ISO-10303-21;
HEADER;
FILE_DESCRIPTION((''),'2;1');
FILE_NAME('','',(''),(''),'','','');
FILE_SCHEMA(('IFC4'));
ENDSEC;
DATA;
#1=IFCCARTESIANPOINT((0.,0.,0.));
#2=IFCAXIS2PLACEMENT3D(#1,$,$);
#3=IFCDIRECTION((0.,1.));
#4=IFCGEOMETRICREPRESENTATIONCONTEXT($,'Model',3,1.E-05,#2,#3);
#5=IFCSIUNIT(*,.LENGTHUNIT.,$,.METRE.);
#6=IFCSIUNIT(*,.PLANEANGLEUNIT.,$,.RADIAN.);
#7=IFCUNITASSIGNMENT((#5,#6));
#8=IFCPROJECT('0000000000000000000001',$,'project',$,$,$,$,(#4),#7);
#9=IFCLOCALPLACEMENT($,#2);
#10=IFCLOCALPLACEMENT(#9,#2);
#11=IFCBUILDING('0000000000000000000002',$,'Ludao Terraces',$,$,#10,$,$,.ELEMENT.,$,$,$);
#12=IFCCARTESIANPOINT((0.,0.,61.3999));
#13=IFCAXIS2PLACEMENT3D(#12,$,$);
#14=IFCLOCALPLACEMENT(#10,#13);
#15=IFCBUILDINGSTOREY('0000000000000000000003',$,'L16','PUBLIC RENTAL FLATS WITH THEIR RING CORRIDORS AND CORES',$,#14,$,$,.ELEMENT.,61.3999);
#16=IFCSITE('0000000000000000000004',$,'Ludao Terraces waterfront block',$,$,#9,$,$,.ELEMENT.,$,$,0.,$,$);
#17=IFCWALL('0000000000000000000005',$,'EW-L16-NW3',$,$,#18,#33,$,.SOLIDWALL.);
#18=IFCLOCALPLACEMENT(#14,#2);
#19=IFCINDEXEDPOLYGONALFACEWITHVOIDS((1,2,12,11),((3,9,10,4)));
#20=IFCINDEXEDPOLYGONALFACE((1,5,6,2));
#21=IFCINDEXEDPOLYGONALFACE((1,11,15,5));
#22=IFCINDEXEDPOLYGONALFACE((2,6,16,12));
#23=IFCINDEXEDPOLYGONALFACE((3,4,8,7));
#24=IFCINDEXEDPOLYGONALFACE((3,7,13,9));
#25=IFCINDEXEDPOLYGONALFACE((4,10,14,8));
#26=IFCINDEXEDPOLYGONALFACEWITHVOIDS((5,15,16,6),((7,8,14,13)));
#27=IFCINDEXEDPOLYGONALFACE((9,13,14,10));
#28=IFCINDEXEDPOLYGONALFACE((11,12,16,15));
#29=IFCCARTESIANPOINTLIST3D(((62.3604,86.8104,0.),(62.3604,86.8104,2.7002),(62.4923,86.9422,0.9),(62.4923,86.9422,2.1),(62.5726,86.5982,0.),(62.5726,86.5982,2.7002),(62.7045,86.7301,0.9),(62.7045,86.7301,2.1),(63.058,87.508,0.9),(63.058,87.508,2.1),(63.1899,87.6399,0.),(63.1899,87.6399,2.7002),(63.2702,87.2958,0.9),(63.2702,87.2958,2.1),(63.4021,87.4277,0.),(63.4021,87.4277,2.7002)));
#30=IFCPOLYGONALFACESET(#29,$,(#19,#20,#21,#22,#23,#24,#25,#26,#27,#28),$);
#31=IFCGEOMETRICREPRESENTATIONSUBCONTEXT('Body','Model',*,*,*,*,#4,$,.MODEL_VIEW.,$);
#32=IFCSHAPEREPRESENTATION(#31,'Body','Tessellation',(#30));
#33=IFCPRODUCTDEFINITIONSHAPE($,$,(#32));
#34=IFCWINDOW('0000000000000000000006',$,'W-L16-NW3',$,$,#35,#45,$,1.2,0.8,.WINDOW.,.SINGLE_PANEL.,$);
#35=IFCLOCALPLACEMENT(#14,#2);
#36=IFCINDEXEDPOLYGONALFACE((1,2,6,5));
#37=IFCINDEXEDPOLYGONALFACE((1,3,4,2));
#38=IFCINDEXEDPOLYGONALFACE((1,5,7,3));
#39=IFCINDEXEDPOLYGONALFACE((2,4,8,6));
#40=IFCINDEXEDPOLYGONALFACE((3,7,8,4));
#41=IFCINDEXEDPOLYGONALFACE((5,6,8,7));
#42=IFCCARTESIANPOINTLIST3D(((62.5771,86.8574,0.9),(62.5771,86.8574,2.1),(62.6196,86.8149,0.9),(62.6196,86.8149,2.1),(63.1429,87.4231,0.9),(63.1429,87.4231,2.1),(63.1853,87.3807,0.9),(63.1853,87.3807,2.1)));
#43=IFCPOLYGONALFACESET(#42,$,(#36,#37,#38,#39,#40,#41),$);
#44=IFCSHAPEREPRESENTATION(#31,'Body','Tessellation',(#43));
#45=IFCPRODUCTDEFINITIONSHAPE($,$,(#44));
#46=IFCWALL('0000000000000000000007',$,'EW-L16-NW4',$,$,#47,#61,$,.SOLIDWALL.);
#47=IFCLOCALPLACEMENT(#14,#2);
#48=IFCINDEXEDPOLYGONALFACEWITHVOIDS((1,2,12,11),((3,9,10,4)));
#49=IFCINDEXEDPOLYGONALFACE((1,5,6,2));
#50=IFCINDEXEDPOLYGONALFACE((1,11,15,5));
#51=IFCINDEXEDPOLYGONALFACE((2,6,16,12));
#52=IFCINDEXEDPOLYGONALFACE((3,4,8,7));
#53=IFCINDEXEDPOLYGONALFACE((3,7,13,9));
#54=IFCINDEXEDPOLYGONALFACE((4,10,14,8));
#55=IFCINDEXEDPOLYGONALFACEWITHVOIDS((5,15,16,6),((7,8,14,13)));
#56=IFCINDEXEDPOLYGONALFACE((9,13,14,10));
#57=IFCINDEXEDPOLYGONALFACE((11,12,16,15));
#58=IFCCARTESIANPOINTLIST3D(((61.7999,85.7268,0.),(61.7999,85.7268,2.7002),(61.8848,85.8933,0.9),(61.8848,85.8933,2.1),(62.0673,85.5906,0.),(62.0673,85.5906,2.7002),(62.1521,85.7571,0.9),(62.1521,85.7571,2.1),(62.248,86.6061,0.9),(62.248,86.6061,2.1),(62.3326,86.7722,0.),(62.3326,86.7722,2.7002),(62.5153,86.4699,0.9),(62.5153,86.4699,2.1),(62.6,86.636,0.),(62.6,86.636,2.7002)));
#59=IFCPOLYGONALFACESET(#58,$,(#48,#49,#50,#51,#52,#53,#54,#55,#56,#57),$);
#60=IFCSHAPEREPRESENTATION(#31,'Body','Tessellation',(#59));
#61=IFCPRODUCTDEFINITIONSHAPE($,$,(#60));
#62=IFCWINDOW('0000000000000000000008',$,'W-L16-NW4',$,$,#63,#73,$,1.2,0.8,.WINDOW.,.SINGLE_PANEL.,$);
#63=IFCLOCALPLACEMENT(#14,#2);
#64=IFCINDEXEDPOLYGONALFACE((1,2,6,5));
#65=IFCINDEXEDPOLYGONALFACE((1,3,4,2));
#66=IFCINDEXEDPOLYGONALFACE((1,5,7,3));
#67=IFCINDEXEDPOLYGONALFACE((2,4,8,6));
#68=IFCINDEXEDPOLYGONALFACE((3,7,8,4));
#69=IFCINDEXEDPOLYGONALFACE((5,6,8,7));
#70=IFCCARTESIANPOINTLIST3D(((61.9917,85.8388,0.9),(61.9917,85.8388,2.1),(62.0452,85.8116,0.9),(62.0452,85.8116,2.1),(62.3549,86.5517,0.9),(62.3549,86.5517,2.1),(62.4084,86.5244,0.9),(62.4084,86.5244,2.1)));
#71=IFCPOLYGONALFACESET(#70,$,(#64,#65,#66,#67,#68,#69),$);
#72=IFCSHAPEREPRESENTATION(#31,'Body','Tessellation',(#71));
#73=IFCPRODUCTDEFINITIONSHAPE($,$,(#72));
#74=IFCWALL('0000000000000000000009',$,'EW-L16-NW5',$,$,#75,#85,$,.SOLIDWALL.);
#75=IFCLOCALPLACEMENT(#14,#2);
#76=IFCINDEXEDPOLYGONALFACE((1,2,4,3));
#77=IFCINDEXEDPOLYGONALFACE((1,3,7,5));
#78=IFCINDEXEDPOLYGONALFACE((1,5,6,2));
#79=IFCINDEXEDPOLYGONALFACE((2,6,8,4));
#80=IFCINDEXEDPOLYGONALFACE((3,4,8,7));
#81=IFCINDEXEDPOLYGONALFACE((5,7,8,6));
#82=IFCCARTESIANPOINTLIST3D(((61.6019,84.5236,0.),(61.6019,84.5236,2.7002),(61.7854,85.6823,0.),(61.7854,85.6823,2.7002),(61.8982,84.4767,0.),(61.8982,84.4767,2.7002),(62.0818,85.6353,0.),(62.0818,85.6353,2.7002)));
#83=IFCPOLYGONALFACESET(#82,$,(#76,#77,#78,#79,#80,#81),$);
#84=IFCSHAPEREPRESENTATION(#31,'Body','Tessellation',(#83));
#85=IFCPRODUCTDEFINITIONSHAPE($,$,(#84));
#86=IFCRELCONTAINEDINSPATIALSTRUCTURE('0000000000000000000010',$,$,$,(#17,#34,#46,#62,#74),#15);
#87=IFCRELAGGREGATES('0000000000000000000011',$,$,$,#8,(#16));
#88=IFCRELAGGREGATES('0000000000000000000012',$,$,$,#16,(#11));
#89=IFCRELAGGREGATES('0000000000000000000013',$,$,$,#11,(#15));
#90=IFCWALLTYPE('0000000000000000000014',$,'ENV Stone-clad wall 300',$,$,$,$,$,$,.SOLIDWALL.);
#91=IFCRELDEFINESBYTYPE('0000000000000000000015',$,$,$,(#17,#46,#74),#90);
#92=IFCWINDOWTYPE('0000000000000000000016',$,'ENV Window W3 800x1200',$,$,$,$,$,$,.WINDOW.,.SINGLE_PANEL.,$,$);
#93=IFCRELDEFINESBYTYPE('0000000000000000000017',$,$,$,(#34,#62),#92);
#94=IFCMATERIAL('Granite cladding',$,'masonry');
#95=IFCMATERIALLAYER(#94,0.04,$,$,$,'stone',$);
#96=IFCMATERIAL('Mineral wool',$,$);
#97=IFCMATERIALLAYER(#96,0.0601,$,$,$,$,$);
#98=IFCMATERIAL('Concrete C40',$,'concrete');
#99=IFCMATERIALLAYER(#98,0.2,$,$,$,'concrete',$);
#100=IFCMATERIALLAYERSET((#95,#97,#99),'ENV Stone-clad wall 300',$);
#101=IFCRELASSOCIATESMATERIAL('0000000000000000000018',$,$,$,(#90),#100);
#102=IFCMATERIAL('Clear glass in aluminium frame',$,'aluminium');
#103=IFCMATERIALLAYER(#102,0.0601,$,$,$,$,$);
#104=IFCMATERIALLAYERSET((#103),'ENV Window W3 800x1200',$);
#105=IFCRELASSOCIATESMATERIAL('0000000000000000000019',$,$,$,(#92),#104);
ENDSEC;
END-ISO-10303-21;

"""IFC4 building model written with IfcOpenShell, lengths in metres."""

from ifc_helpers import new_model, si_unit, direction, frame, frame_2d, origin, place, context, subcontext, project, spatial, rectangle, extrude, material, layer, layer_set, type_object, element, fill, save


model = new_model("IFC4")

# Units and contexts
model_context = context("Model", 3, precision=1e-05, world=origin(), true_north=direction((0.0, 1.0)))
body_context = subcontext(model_context, "Body", "Model", "MODEL_VIEW")
ifc_project = project(units=[si_unit("LENGTHUNIT", "METRE"), si_unit("PLANEANGLEUNIT", "RADIAN")], contexts=[model_context])

# Site, building, storey
site_placement = place(None, origin())
site = spatial("IfcSite", under=ifc_project, at=site_placement, Name="Ludao Terraces waterfront block", CompositionType="ELEMENT", RefElevation=0.0)
building_placement = place(site_placement, origin())
building = spatial("IfcBuilding", under=site, at=building_placement, Name="Ludao Terraces", CompositionType="ELEMENT")
storey_placement = place(building_placement, frame((0.0, 0.0, 61.3999)))
storey = spatial("IfcBuildingStorey", under=building, at=storey_placement, Name="L16", Description="PUBLIC RENTAL FLATS WITH THEIR RING CORRIDORS AND CORES", CompositionType="ELEMENT", Elevation=61.3999)

# Shared definitions
ifc_material_1 = material(Name="Concrete C40", Category="concrete")

# Shared definitions
ifc_material_2 = material(Name="Granite cladding", Category="masonry")
ifc_layer_1 = layer(ifc_material_2, 0.04, Category="stone")
ifc_material_3 = material(Name="Mineral wool")
ifc_layer_2 = layer(ifc_material_3, 0.0601)
ifc_layer_3 = layer(ifc_material_1, 0.2, Category="concrete")
ifc_layer_set_1 = layer_set([ifc_layer_1, ifc_layer_2, ifc_layer_3], Name="ENV Stone-clad wall 300")
wall_type_1 = type_object("IfcWallType", Name="ENV Stone-clad wall 300", PredefinedType="SOLIDWALL", material=ifc_layer_set_1)
ifc_material_4 = material(Name="Clear glass in aluminium frame", Category="aluminium")

# Walls, openings, windows
ifc_layer_4 = layer(ifc_material_4, 0.0601)
ifc_layer_set_2 = layer_set([ifc_layer_4], Name="ENV Window W3 800x1200")
window_type_1 = type_object("IfcWindowType", Name="ENV Window W3 800x1200", PartitioningType="SINGLE_PANEL", PredefinedType="WINDOW", material=ifc_layer_set_2)
wall_1_placement = place(storey_placement, frame((63.2959, 87.5337, 0.0), z_axis=(0.0, 0.0, 1.0), x_axis=(-0.707107, -0.707107, 0.0)))
wall_1 = element("IfcWall", 1, at=wall_1_placement, inside=storey, type_object=wall_type_1, Name="EW-L16-NW3", PredefinedType="SOLIDWALL", context=body_context, shape_type="SweptSolid", body=[
    extrude(rectangle(XDim=1.1731, YDim=0.3, at=frame_2d((0.5864, 0.0))), origin(), (0.0, 0.0, 1.0), 2.7002),
])
opening_1_placement = place(wall_1_placement, frame((0.1865, 0.0, 0.8999)))
opening_1 = element("IfcOpeningElement", 2, at=opening_1_placement, cuts=wall_1, PredefinedType="OPENING", context=body_context, shape_type="SweptSolid", body=[
    extrude(rectangle(XDim=0.8, YDim=1.2, at=frame_2d((0.3999, 0.6001))), frame((0.0, 0.1602, 0.0), z_axis=(0.0, -1.0, 0.0), x_axis=(1.0, 0.0, 0.0)), (0.0, 0.0, 1.0), 0.3201),
])
window_1_placement = place(opening_1_placement, origin())
window_1 = element("IfcWindow", 3, at=window_1_placement, inside=storey, type_object=window_type_1, Name="W-L16-NW3", OverallHeight=1.2, OverallWidth=0.8, PartitioningType="SINGLE_PANEL", PredefinedType="WINDOW", context=body_context, shape_type="SweptSolid", body=[
    extrude(rectangle(XDim=0.8, YDim=1.2, at=frame_2d((0.3999, 0.6001))), frame((0.0, 0.03, 0.0), z_axis=(0.0, -1.0, 0.0), x_axis=(1.0, 0.0, 0.0)), (0.0, 0.0, 1.0), 0.0601),
])
fill(opening_1, window_1)
wall_2_placement = place(storey_placement, frame((62.4663, 86.7041, 0.0), z_axis=(0.0, 0.0, 1.0), x_axis=(-0.454026, -0.890989, 0.0)))
wall_2 = element("IfcWall", 4, at=wall_2_placement, inside=storey, type_object=wall_type_1, Name="EW-L16-NW4", PredefinedType="SOLIDWALL", context=body_context, shape_type="SweptSolid", body=[
    extrude(rectangle(XDim=1.1733, YDim=0.3, at=frame_2d((0.5867, 0.0))), origin(), (0.0, 0.0, 1.0), 2.7002),
])
opening_2_placement = place(wall_2_placement, frame((0.1865, 0.0, 0.8999)))
opening_2 = element("IfcOpeningElement", 5, at=opening_2_placement, cuts=wall_2, PredefinedType="OPENING", context=body_context, shape_type="SweptSolid", body=[
    extrude(rectangle(XDim=0.8, YDim=1.2, at=frame_2d((0.3999, 0.6001))), frame((0.0, 0.1602, 0.0), z_axis=(0.0, -1.0, 0.0), x_axis=(1.0, 0.0, 0.0)), (0.0, 0.0, 1.0), 0.3201),
])
window_2_placement = place(opening_2_placement, origin())
window_2 = element("IfcWindow", 6, at=window_2_placement, inside=storey, type_object=window_type_1, Name="W-L16-NW4", OverallHeight=1.2, OverallWidth=0.8, PartitioningType="SINGLE_PANEL", PredefinedType="WINDOW", context=body_context, shape_type="SweptSolid", body=[
    extrude(rectangle(XDim=0.8, YDim=1.2, at=frame_2d((0.3999, 0.6001))), frame((0.0, 0.03, 0.0), z_axis=(0.0, -1.0, 0.0), x_axis=(1.0, 0.0, 0.0)), (0.0, 0.0, 1.0), 0.0601),
])
fill(opening_2, window_2)

# Wall
wall_3_placement = place(storey_placement, frame((61.9336, 85.6587, 0.0), z_axis=(0.0, 0.0, 1.0), x_axis=(-0.156497, -0.987678, 0.0)))
element("IfcWall", 7, at=wall_3_placement, inside=storey, type_object=wall_type_1, Name="EW-L16-NW5", PredefinedType="SOLIDWALL", context=body_context, shape_type="SweptSolid", body=[
    extrude(rectangle(XDim=1.1731, YDim=0.3, at=frame_2d((0.5864, 0.0))), origin(), (0.0, 0.0, 1.0), 2.7002),
])

save(model, "model.ifc")
